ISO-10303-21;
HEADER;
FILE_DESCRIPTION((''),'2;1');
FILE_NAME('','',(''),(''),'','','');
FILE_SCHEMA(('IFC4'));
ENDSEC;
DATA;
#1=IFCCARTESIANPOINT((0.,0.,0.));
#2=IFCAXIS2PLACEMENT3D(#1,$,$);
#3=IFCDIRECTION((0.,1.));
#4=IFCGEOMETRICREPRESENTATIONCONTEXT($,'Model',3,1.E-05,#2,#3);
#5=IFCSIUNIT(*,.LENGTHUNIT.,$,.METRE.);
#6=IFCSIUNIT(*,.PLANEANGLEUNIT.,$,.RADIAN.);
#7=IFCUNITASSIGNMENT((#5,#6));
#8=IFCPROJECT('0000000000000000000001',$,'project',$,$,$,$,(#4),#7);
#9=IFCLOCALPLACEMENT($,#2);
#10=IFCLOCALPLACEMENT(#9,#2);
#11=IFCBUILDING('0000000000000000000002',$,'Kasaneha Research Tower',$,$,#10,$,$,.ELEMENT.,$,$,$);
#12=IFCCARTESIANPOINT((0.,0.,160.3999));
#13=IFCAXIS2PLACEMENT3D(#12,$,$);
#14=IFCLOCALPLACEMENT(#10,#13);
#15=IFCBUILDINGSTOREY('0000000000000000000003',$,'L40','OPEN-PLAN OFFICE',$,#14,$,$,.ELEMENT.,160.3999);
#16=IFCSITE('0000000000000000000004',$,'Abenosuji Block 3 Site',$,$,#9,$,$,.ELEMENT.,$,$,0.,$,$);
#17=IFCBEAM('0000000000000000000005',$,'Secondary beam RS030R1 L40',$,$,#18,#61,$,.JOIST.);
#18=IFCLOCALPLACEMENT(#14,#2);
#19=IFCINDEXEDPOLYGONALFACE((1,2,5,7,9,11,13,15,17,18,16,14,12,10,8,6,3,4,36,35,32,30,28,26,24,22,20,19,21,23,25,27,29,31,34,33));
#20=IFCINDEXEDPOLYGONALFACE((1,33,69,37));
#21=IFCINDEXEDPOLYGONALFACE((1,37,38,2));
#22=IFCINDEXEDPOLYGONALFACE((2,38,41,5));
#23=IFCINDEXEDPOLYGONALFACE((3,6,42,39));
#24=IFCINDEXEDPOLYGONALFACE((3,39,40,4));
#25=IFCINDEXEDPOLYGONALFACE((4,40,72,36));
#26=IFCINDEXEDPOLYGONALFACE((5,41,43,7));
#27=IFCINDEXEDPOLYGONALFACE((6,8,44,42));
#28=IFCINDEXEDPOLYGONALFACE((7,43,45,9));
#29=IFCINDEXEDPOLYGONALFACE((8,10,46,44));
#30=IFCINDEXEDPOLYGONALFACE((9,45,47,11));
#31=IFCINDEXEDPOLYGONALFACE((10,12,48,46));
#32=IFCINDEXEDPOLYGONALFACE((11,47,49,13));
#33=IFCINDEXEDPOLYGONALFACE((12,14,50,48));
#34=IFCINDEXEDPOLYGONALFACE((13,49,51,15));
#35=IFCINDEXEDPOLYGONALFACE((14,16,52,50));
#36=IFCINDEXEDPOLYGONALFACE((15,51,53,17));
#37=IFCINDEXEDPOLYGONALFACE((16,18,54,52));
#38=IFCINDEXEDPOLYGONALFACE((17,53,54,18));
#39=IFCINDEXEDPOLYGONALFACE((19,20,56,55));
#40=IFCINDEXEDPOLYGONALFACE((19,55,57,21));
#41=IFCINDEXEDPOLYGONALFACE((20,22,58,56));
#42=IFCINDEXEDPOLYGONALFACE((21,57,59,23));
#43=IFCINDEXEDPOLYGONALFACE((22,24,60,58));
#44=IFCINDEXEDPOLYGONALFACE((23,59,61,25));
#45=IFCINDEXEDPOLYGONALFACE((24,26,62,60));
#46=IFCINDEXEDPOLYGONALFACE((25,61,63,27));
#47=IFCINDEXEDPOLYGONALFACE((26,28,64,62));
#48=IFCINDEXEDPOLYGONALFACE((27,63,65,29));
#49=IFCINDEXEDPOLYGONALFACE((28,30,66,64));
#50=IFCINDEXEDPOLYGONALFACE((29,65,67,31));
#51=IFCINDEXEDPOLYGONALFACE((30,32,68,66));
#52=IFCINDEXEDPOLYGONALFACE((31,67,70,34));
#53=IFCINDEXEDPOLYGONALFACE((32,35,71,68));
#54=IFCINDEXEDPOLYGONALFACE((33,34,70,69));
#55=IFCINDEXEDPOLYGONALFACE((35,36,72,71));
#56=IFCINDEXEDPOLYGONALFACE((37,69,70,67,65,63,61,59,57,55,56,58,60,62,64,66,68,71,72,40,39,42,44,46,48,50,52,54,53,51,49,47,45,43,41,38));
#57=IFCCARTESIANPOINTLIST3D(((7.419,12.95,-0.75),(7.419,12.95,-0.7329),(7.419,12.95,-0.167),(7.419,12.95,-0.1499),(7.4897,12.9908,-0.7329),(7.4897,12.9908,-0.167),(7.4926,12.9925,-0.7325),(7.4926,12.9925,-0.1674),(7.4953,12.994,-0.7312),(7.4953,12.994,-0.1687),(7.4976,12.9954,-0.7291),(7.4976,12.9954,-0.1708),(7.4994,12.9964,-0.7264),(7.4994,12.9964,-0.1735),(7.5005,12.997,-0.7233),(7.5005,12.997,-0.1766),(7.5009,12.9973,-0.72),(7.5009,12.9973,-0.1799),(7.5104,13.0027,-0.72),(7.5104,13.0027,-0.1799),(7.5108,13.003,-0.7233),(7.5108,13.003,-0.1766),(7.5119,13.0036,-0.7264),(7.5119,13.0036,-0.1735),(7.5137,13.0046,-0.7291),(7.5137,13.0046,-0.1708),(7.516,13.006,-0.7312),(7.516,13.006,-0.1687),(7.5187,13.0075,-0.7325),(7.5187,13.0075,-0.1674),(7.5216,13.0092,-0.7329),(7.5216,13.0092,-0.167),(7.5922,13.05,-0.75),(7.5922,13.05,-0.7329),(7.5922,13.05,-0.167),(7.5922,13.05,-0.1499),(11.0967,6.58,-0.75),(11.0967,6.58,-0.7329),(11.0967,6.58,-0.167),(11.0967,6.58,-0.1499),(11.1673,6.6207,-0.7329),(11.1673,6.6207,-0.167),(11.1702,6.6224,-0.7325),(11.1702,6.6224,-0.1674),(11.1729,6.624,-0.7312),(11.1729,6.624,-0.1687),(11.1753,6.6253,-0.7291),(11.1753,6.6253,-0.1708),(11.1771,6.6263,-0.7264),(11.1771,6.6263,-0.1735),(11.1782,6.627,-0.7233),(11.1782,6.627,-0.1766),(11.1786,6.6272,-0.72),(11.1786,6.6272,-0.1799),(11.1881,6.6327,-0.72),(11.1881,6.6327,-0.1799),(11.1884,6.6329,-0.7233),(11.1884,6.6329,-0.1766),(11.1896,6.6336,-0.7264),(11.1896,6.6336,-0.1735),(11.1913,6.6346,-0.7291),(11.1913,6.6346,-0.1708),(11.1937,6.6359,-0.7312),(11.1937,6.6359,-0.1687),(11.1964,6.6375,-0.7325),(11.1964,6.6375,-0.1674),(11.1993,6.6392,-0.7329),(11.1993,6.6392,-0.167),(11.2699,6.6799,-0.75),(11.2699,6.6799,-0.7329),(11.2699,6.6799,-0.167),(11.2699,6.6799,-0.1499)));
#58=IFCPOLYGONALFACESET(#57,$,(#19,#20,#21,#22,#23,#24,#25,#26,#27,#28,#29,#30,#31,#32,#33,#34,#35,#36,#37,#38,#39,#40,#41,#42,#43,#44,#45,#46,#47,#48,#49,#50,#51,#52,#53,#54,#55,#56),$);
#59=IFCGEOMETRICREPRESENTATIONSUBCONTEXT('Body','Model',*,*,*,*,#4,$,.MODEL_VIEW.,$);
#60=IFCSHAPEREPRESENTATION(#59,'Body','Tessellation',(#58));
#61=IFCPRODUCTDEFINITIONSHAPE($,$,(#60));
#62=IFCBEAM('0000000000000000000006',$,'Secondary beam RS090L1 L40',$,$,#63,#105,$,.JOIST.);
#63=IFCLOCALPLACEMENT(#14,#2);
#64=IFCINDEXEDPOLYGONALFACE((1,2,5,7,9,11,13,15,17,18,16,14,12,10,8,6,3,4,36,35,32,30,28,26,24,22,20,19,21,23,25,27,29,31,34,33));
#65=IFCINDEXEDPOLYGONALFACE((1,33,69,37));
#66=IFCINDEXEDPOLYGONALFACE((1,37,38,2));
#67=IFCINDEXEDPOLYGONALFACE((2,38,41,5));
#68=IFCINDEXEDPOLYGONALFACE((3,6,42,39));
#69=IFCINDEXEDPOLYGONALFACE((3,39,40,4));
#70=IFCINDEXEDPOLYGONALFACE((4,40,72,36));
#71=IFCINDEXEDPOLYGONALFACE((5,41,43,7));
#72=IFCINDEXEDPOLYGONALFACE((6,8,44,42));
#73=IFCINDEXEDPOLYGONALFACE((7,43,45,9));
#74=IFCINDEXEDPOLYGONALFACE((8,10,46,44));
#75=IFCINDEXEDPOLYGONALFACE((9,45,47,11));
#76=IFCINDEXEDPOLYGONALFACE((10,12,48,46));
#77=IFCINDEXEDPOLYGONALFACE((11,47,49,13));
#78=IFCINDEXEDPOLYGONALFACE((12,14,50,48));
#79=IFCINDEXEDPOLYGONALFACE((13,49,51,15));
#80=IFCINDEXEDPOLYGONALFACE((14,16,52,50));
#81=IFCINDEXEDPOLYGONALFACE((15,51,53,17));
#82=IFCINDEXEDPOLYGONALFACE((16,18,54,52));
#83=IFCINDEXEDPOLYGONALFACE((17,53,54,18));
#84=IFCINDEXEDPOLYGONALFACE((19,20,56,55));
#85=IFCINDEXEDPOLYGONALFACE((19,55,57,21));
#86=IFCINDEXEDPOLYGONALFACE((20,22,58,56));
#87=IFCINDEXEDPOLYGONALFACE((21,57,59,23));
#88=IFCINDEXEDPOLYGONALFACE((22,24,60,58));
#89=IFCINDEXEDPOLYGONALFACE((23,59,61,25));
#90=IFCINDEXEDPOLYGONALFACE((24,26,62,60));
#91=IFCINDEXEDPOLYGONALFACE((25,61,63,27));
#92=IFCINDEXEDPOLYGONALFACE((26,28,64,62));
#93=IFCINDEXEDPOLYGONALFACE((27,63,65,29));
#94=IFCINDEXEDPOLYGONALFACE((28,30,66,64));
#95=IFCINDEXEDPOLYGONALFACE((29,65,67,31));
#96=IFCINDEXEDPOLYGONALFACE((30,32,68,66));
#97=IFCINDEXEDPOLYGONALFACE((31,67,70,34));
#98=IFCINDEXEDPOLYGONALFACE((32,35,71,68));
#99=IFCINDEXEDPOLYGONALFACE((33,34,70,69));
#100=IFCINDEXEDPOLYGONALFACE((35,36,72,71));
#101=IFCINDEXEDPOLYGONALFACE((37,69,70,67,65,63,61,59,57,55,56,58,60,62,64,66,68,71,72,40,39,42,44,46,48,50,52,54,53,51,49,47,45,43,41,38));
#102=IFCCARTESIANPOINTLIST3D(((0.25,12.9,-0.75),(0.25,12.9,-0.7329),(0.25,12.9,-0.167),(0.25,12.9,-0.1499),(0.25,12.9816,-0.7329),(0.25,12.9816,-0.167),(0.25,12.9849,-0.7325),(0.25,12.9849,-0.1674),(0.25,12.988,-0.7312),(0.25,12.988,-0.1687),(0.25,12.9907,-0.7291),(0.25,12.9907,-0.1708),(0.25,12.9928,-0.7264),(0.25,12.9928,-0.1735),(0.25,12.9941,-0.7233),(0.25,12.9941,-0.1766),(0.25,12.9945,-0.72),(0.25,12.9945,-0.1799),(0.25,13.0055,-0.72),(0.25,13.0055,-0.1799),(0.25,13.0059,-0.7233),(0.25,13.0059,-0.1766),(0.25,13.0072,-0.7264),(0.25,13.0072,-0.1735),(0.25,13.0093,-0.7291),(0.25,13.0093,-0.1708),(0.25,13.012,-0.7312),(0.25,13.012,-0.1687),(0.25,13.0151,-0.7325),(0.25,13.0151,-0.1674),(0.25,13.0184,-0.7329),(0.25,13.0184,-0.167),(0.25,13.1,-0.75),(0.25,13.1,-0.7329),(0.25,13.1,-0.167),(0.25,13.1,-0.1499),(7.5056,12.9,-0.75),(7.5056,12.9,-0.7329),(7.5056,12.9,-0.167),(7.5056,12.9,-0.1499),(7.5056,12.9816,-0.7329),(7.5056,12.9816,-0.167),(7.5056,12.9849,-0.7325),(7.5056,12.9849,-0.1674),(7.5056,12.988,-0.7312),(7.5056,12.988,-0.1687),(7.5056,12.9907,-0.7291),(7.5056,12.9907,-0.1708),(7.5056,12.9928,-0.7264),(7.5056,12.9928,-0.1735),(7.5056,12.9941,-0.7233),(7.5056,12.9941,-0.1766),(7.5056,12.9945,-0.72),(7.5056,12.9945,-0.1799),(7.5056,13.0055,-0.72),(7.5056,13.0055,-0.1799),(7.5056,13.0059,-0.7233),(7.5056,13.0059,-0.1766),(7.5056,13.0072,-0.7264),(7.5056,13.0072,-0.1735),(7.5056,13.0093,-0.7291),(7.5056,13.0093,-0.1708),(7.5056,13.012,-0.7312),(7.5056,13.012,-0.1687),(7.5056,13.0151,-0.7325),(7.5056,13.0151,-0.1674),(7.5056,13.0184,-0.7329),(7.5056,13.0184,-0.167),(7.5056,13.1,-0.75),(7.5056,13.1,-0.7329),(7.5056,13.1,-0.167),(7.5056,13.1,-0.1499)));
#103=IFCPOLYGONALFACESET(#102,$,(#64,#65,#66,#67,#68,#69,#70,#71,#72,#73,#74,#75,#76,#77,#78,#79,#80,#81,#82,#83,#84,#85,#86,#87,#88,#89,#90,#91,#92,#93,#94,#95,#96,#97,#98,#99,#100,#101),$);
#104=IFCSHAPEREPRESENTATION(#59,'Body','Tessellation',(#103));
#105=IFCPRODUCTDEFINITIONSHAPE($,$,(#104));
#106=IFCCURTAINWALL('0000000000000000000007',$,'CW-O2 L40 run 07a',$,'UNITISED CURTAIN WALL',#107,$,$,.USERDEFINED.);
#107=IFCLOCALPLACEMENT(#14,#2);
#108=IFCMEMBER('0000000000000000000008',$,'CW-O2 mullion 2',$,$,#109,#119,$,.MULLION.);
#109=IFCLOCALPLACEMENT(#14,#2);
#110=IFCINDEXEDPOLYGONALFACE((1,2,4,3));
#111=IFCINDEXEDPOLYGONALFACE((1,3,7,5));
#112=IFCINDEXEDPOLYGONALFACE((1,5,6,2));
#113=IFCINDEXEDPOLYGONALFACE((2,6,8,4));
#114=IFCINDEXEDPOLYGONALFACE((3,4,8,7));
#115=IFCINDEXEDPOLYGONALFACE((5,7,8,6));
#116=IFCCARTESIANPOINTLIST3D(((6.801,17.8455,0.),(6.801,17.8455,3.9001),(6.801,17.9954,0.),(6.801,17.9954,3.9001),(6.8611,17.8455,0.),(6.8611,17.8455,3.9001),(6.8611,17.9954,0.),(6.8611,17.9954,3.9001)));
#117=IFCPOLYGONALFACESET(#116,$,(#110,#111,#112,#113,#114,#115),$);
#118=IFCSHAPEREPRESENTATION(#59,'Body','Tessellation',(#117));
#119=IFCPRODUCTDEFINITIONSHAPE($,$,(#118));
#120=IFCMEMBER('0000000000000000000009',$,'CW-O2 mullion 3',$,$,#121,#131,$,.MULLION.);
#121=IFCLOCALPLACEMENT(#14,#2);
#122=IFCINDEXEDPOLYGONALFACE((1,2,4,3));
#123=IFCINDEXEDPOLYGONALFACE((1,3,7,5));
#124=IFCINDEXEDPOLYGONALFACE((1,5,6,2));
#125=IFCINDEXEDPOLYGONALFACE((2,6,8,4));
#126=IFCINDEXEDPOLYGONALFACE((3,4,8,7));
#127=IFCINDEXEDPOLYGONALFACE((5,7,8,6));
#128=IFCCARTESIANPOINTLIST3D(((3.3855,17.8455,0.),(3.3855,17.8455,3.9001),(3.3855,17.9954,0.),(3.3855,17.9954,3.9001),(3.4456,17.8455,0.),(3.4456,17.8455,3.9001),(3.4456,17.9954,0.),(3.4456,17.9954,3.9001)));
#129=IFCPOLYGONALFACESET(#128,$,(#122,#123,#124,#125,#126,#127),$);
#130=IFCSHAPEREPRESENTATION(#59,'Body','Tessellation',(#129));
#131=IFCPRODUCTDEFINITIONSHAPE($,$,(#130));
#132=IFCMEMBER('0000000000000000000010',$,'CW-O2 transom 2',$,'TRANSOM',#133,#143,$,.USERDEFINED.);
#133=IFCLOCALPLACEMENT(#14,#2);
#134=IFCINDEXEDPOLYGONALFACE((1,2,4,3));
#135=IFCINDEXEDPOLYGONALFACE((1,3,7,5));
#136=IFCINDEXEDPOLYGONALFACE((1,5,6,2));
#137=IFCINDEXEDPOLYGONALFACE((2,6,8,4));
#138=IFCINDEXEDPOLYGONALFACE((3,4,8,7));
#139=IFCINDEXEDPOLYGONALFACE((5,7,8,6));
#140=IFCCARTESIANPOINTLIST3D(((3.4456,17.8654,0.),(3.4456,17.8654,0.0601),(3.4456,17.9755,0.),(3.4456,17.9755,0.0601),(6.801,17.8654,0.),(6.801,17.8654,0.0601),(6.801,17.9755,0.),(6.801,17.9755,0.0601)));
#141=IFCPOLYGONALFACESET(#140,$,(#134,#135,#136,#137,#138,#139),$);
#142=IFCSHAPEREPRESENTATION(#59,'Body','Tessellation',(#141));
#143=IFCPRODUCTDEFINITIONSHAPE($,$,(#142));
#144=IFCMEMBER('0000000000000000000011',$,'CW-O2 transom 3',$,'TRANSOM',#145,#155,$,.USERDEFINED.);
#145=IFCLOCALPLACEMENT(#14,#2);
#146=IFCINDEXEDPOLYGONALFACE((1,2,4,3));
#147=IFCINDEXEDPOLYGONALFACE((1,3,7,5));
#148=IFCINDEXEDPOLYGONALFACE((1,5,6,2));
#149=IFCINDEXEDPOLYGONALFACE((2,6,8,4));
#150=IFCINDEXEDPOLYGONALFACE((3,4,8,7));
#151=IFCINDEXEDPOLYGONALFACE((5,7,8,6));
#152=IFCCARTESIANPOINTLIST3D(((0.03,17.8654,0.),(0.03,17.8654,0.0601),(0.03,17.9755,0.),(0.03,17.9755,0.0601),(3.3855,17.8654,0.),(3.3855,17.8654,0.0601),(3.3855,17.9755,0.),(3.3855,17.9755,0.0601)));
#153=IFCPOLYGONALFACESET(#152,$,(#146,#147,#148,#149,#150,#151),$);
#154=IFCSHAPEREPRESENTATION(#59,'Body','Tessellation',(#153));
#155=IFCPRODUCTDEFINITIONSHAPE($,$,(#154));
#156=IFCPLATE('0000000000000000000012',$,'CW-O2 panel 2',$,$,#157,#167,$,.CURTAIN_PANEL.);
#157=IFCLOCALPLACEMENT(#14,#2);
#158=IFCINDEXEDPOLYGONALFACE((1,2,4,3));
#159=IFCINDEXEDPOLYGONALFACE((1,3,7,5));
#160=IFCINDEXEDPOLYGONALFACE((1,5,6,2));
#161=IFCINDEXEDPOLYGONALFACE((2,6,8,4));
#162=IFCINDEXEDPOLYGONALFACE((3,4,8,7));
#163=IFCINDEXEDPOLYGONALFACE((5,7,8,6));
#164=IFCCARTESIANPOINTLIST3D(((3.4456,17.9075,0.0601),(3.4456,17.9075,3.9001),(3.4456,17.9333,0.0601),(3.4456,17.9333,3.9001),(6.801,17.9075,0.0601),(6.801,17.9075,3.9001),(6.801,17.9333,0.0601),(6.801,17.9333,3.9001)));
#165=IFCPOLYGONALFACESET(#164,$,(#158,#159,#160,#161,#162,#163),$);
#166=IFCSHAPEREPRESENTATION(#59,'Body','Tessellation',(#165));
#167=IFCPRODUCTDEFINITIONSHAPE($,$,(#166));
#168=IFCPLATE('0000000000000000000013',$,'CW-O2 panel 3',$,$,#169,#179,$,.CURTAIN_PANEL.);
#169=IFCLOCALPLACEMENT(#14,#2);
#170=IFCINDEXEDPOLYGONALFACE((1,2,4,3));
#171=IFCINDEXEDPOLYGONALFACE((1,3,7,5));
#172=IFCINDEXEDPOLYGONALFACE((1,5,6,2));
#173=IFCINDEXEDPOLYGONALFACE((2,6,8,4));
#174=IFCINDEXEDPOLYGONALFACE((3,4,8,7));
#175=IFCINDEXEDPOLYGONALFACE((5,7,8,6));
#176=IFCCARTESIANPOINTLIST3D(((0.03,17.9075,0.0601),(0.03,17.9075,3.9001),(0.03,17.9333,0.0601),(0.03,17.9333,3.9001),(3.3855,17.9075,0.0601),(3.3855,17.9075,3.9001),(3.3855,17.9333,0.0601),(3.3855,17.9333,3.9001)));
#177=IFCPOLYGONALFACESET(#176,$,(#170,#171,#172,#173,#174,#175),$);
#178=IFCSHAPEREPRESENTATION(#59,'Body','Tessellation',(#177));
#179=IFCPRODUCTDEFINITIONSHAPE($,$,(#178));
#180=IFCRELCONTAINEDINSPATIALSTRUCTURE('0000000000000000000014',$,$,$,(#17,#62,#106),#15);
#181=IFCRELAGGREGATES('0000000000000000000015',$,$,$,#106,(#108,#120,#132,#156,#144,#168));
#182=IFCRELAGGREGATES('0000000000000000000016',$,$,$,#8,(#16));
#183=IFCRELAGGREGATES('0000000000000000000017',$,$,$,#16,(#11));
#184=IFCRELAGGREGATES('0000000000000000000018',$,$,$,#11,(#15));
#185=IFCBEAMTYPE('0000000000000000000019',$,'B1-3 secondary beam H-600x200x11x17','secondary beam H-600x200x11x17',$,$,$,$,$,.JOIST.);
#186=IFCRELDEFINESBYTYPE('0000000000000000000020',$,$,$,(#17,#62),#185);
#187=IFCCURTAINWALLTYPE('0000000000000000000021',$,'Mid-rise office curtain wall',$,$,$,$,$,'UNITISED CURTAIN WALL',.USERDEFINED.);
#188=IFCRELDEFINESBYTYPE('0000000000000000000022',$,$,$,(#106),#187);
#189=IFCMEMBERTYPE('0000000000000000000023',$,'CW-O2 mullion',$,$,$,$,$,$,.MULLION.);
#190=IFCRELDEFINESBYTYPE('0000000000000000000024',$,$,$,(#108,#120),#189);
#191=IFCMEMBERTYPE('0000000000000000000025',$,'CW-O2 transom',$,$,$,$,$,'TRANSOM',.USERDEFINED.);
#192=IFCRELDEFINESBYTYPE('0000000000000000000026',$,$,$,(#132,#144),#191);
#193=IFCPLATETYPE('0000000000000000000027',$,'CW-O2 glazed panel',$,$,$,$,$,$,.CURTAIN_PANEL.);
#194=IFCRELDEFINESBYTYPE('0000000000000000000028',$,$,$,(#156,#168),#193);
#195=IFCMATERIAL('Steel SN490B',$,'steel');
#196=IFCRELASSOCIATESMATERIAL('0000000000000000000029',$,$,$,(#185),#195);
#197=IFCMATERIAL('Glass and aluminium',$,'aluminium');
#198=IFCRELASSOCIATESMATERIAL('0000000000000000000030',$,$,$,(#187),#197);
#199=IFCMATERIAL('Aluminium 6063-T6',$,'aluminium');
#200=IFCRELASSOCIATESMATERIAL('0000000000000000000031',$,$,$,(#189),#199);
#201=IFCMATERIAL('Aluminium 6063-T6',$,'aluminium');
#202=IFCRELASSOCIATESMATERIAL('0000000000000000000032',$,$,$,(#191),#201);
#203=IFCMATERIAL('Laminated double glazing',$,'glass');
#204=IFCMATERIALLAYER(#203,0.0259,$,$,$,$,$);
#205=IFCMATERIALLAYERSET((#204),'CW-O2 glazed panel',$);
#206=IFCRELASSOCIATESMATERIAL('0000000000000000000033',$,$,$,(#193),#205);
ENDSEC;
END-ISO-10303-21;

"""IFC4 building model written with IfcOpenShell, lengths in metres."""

from ifc_helpers import new_model, si_unit, direction, frame, origin, origin_2d, place, context, subcontext, project, spatial, rectangle, i_section, extrude, material, layer, layer_set, material_profile, profile_set, type_object, element, aggregate, save


model = new_model("IFC4")

# Units and contexts
model_context = context("Model", 3, precision=1e-05, world=origin(), true_north=direction((0.0, 1.0)))
body_context = subcontext(model_context, "Body", "Model", "MODEL_VIEW")
ifc_project = project(units=[si_unit("LENGTHUNIT", "METRE"), si_unit("PLANEANGLEUNIT", "RADIAN")], contexts=[model_context])

# Site, building, storey
site_placement = place(None, origin())
site = spatial("IfcSite", under=ifc_project, at=site_placement, Name="Abenosuji Block 3 Site", CompositionType="ELEMENT", RefElevation=0.0)
building_placement = place(site_placement, origin())
building = spatial("IfcBuilding", under=site, at=building_placement, Name="Kasaneha Research Tower", CompositionType="ELEMENT")
storey_placement = place(building_placement, frame((0.0, 0.0, 160.3999)))
storey = spatial("IfcBuildingStorey", under=building, at=storey_placement, Name="L40", Description="OPEN-PLAN OFFICE", CompositionType="ELEMENT", Elevation=160.3999)

# Beams
ifc_material_1 = material(Name="Steel SN490B", Category="steel")
ifc_material_profile_1 = material_profile(ifc_material_1, i_section(OverallWidth=0.2, OverallDepth=0.6001, WebThickness=0.011, FlangeThickness=0.0171, FilletRadius=0.0129, at=origin_2d()), Name="H-600x200x11x17")
ifc_profile_set_1 = profile_set([ifc_material_profile_1], Name="Steel SN490B")
beam_type = type_object("IfcBeamType", Name="B1-3 secondary beam H-600x200x11x17", Description="secondary beam H-600x200x11x17", PredefinedType="JOIST", material=ifc_profile_set_1)
beam_1_placement = place(storey_placement, frame((7.5056, 13.0, -0.45), z_axis=(0.499994, -0.866029, 0.0), x_axis=(0.866029, 0.499994, 0.0)))
element("IfcBeam", 1, at=beam_1_placement, inside=storey, type_object=beam_type, Name="Secondary beam RS030R1 L40", PredefinedType="JOIST", context=body_context, shape_type="SweptSolid", body=[
    extrude(i_section(OverallWidth=0.2, OverallDepth=0.6001, WebThickness=0.011, FlangeThickness=0.0171, FilletRadius=0.0129, at=origin_2d()), origin(), (0.0, 0.0, 1.0), 7.3555),
])
beam_2_placement = place(storey_placement, frame((7.5056, 13.0, -0.45), z_axis=(-1.0, 0.0, 0.0), x_axis=(0.0, -1.0, 0.0)))
element("IfcBeam", 2, at=beam_2_placement, inside=storey, type_object=beam_type, Name="Secondary beam RS090L1 L40", PredefinedType="JOIST", context=body_context, shape_type="SweptSolid", body=[
    extrude(i_section(OverallWidth=0.2, OverallDepth=0.6001, WebThickness=0.011, FlangeThickness=0.0171, FilletRadius=0.0129, at=origin_2d()), origin(), (0.0, 0.0, 1.0), 7.2556),
])

# Curtain wall, members, plates
ifc_material_2 = material(Name="Glass and aluminium", Category="aluminium")
curtain_wall_type = type_object("IfcCurtainWallType", Name="Mid-rise office curtain wall", ElementType="UNITISED CURTAIN WALL", PredefinedType="USERDEFINED", material=ifc_material_2)
curtain_wall_placement = place(storey_placement, origin())
curtain_wall = element("IfcCurtainWall", 3, at=curtain_wall_placement, inside=storey, type_object=curtain_wall_type, Name="CW-O2 L40 run 07a", ObjectType="UNITISED CURTAIN WALL", PredefinedType="USERDEFINED")
ifc_material_3 = material(Name="Aluminium 6063-T6", Category="aluminium")
ifc_material_profile_2 = material_profile(ifc_material_3, rectangle(XDim=0.0601, YDim=0.1499, at=origin_2d()), Name="CW-O2 mullion 60x150")
ifc_profile_set_2 = profile_set([ifc_material_profile_2], Name="Aluminium 6063-T6")
member_type_1 = type_object("IfcMemberType", Name="CW-O2 mullion", PredefinedType="MULLION", material=ifc_profile_set_2)
member_1_placement = place(storey_placement, frame((6.8311, 17.9204, 0.0), z_axis=(0.0, 0.0, 1.0), x_axis=(-1.0, 0.0, 0.0)))
member_1 = element("IfcMember", 4, at=member_1_placement, type_object=member_type_1, Name="CW-O2 mullion 2", PredefinedType="MULLION", context=body_context, shape_type="SweptSolid", body=[
    extrude(rectangle(XDim=0.0601, YDim=0.1499, at=origin_2d()), origin(), (0.0, 0.0, 1.0), 3.9001),
])
member_2_placement = place(storey_placement, frame((3.4155, 17.9204, 0.0), z_axis=(0.0, 0.0, 1.0), x_axis=(-1.0, 0.0, 0.0)))
member_2 = element("IfcMember", 5, at=member_2_placement, type_object=member_type_1, Name="CW-O2 mullion 3", PredefinedType="MULLION", context=body_context, shape_type="SweptSolid", body=[
    extrude(rectangle(XDim=0.0601, YDim=0.1499, at=origin_2d()), origin(), (0.0, 0.0, 1.0), 3.9001),
])
ifc_material_4 = material(Name="Aluminium 6063-T6", Category="aluminium")
ifc_material_profile_3 = material_profile(ifc_material_4, rectangle(XDim=0.1101, YDim=0.0601, at=origin_2d()), Name="CW-O2 transom 110x60")
ifc_profile_set_3 = profile_set([ifc_material_profile_3], Name="Aluminium 6063-T6")
member_type_2 = type_object("IfcMemberType", Name="CW-O2 transom", ElementType="TRANSOM", PredefinedType="USERDEFINED", material=ifc_profile_set_3)
member_3_placement = place(storey_placement, frame((6.801, 17.9204, 0.03), z_axis=(-1.0, 0.0, 0.0), x_axis=(0.0, -1.0, 0.0)))
member_3 = element("IfcMember", 6, at=member_3_placement, type_object=member_type_2, Name="CW-O2 transom 2", ObjectType="TRANSOM", PredefinedType="USERDEFINED", context=body_context, shape_type="SweptSolid", body=[
    extrude(rectangle(XDim=0.1101, YDim=0.0601, at=origin_2d()), origin(), (0.0, 0.0, 1.0), 3.3555),
])
member_4_placement = place(storey_placement, frame((3.3855, 17.9204, 0.03), z_axis=(-1.0, 0.0, 0.0), x_axis=(0.0, -1.0, 0.0)))
member_4 = element("IfcMember", 7, at=member_4_placement, type_object=member_type_2, Name="CW-O2 transom 3", ObjectType="TRANSOM", PredefinedType="USERDEFINED", context=body_context, shape_type="SweptSolid", body=[
    extrude(rectangle(XDim=0.1101, YDim=0.0601, at=origin_2d()), origin(), (0.0, 0.0, 1.0), 3.3555),
])
ifc_material_5 = material(Name="Laminated double glazing", Category="glass")
ifc_layer_1 = layer(ifc_material_5, 0.0259)
ifc_layer_set_1 = layer_set([ifc_layer_1], Name="CW-O2 glazed panel")
plate_type = type_object("IfcPlateType", Name="CW-O2 glazed panel", PredefinedType="CURTAIN_PANEL", material=ifc_layer_set_1)
plate_1_placement = place(storey_placement, frame((5.1233, 17.9204, 0.0601), z_axis=(0.0, 0.0, 1.0), x_axis=(-1.0, 0.0, 0.0)))
plate_1 = element("IfcPlate", 8, at=plate_1_placement, type_object=plate_type, Name="CW-O2 panel 2", PredefinedType="CURTAIN_PANEL", context=body_context, shape_type="SweptSolid", body=[
    extrude(rectangle(XDim=3.3555, YDim=0.0259, at=origin_2d()), origin(), (0.0, 0.0, 1.0), 3.8401),
])
plate_2_placement = place(storey_placement, frame((1.7078, 17.9204, 0.0601), z_axis=(0.0, 0.0, 1.0), x_axis=(-1.0, 0.0, 0.0)))
plate_2 = element("IfcPlate", 9, at=plate_2_placement, type_object=plate_type, Name="CW-O2 panel 3", PredefinedType="CURTAIN_PANEL", context=body_context, shape_type="SweptSolid", body=[
    extrude(rectangle(XDim=3.3555, YDim=0.0259, at=origin_2d()), origin(), (0.0, 0.0, 1.0), 3.8401),
])
aggregate(curtain_wall, [member_1, member_2, member_3, plate_1, member_4, plate_2])

save(model, "model.ifc")
